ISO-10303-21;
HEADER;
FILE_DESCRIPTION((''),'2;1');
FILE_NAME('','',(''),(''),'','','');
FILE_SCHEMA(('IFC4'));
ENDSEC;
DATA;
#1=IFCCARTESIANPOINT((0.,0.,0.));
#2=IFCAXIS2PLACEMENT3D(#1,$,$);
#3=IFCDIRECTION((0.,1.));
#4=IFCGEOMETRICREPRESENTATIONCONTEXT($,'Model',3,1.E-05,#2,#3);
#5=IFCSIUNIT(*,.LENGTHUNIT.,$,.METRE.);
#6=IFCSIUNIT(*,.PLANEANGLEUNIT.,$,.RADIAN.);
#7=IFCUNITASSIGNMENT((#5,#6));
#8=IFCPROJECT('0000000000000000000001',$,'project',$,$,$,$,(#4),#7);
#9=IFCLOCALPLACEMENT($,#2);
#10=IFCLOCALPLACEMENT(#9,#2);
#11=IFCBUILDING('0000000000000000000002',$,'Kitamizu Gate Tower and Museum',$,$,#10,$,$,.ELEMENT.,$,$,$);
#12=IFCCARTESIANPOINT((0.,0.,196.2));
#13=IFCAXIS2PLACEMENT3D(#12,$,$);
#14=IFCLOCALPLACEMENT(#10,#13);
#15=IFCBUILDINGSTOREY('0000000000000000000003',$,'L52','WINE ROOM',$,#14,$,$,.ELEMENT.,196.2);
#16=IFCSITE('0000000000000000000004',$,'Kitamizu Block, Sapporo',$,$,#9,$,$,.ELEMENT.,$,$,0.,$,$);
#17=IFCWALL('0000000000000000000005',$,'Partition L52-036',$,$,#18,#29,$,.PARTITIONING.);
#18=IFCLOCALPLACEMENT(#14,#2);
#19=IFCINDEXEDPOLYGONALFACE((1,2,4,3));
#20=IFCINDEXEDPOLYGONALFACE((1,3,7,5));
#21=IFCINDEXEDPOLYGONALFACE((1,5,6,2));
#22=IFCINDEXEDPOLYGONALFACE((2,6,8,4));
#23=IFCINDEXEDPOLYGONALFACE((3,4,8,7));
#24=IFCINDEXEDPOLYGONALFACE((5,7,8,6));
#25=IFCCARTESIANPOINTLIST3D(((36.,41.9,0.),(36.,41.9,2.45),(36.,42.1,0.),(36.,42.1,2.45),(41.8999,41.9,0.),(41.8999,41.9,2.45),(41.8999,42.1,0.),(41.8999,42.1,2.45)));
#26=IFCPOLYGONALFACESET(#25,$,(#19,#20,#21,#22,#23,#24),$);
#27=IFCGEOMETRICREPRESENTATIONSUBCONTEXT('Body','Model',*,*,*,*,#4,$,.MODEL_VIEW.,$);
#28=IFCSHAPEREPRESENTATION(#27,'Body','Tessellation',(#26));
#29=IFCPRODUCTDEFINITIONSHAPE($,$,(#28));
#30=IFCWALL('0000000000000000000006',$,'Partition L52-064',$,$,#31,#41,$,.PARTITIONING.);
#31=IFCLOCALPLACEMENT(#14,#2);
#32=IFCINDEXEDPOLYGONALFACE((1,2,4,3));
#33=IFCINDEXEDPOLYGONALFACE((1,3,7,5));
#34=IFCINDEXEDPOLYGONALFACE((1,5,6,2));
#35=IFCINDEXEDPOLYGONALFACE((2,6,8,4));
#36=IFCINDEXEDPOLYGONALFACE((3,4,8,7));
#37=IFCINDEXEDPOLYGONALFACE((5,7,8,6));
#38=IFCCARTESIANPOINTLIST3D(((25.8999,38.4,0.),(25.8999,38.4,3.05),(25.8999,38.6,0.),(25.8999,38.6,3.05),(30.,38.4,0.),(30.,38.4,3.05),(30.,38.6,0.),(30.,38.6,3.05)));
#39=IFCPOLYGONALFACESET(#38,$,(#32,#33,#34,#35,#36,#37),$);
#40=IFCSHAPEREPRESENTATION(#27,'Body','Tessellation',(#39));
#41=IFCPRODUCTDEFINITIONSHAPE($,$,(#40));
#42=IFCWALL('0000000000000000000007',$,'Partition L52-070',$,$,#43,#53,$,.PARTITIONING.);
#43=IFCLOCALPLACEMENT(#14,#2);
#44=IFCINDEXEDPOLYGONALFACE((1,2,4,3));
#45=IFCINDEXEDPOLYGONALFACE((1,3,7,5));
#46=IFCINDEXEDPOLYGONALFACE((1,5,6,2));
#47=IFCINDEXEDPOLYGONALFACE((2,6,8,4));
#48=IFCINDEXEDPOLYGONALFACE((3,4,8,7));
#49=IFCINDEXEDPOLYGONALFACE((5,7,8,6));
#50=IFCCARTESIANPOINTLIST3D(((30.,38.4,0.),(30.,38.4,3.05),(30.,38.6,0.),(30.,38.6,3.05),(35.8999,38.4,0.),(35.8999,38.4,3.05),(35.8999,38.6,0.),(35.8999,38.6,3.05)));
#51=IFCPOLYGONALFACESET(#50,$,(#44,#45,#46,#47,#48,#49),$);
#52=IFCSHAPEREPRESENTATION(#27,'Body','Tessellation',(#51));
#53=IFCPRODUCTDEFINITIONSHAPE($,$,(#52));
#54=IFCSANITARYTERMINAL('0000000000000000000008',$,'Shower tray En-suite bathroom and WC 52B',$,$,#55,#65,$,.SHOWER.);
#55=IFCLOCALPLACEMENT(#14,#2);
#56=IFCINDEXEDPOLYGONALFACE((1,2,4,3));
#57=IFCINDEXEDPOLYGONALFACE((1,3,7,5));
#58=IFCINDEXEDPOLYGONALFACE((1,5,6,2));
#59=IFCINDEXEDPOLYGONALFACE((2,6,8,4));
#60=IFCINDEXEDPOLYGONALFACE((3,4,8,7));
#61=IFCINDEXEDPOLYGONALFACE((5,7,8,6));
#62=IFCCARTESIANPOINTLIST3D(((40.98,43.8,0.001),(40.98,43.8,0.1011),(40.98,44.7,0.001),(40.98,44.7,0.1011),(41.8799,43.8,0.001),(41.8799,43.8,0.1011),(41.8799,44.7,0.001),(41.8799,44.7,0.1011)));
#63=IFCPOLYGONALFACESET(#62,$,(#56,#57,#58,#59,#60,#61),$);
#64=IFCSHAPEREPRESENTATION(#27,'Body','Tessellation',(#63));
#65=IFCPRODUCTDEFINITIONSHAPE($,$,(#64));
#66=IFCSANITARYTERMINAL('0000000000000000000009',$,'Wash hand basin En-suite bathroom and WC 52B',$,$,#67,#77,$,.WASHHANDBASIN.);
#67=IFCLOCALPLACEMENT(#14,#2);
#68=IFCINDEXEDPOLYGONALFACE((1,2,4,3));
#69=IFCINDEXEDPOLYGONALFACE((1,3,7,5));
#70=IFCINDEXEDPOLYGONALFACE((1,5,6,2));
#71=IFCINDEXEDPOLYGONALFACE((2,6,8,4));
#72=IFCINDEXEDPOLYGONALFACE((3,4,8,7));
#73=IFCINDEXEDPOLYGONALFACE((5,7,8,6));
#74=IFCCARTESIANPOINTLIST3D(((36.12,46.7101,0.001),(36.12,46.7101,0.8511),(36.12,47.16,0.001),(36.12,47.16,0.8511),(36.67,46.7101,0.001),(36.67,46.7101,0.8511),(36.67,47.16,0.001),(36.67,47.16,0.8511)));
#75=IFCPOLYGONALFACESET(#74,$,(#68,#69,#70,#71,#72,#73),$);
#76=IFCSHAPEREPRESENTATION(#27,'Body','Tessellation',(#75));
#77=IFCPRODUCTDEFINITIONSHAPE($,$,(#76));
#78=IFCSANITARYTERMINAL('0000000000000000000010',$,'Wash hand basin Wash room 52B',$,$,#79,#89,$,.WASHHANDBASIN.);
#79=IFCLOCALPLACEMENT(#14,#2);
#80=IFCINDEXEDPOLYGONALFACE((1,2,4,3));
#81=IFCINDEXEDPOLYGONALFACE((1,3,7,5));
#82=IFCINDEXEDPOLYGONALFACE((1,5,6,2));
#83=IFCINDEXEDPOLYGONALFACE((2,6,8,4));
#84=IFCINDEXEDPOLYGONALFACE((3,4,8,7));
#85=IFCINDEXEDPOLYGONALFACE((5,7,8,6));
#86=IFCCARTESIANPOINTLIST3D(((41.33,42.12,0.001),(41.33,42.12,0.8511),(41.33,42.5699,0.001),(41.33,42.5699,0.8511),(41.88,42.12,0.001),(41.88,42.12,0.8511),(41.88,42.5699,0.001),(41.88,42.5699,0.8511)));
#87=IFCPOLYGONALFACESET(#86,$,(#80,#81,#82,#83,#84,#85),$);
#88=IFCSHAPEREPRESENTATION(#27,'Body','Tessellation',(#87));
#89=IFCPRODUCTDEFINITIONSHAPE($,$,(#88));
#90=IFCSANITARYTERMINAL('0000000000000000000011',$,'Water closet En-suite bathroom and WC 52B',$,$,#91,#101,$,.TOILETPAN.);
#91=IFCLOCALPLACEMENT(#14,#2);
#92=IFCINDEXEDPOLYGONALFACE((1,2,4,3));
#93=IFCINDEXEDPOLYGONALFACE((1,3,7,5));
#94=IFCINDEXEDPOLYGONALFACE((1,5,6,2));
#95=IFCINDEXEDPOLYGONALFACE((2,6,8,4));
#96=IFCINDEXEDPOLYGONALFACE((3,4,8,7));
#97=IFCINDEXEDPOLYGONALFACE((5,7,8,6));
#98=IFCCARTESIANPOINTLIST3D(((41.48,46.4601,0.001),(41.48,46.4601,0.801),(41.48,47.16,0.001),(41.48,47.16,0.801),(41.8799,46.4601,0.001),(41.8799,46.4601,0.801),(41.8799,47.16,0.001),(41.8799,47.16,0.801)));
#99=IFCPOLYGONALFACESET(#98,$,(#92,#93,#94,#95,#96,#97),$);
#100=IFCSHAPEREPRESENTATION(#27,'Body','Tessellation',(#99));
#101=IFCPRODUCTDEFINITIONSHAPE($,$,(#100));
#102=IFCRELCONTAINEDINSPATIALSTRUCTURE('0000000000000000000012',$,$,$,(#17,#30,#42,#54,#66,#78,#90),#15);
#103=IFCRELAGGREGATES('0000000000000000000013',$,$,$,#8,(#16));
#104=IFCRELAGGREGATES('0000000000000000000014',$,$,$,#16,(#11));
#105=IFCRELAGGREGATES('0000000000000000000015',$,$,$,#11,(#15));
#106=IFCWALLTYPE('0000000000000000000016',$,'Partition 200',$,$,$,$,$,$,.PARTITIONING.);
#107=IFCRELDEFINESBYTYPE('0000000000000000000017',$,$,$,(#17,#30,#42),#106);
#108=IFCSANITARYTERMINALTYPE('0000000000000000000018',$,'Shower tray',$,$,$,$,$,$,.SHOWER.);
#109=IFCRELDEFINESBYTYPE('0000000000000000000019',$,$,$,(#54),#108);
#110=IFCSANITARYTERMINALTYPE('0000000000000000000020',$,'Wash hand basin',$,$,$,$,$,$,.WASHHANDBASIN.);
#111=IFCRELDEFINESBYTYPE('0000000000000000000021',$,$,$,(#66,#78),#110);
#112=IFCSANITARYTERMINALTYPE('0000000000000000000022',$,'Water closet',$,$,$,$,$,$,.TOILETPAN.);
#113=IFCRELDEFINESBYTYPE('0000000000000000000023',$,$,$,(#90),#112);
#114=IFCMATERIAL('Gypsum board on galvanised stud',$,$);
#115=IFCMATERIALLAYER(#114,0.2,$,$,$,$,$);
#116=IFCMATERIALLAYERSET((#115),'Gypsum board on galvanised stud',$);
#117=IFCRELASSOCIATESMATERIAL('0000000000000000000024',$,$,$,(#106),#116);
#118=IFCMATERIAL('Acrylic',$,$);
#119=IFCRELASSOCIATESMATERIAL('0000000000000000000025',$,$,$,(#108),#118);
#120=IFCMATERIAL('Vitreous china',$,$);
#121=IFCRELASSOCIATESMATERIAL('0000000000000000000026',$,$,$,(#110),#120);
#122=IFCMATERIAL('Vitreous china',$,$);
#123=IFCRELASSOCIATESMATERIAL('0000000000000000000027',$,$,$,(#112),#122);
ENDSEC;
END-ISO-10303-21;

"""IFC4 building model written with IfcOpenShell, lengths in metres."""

from ifc_helpers import new_model, si_unit, direction, frame, frame_2d, origin, origin_2d, place, context, subcontext, project, spatial, rectangle, extrude, material, layer, layer_set, type_object, element, save


model = new_model("IFC4")

# Units and contexts
model_context = context("Model", 3, precision=1e-05, world=origin(), true_north=direction((0.0, 1.0)))
body_context = subcontext(model_context, "Body", "Model", "MODEL_VIEW")
ifc_project = project(units=[si_unit("LENGTHUNIT", "METRE"), si_unit("PLANEANGLEUNIT", "RADIAN")], contexts=[model_context])

# Site, building, storey
site_placement = place(None, origin())
site = spatial("IfcSite", under=ifc_project, at=site_placement, Name="Kitamizu Block, Sapporo", CompositionType="ELEMENT", RefElevation=0.0)
building_placement = place(site_placement, origin())
building = spatial("IfcBuilding", under=site, at=building_placement, Name="Kitamizu Gate Tower and Museum", CompositionType="ELEMENT")
storey_placement = place(building_placement, frame((0.0, 0.0, 196.2)))
storey = spatial("IfcBuildingStorey", under=building, at=storey_placement, Name="L52", Description="WINE ROOM", CompositionType="ELEMENT", Elevation=196.2)

# Walls
ifc_material_1 = material(Name="Gypsum board on galvanised stud")
ifc_layer_1 = layer(ifc_material_1, 0.2)
ifc_layer_set_1 = layer_set([ifc_layer_1], Name="Gypsum board on galvanised stud")
wall_type_1 = type_object("IfcWallType", Name="Partition 200", PredefinedType="PARTITIONING", material=ifc_layer_set_1)
wall_1_placement = place(storey_placement, frame((36.0, 42.0, 0.0), z_axis=(0.0, 0.0, 1.0), x_axis=(1.0, 0.0, 0.0)))
element("IfcWall", 1, at=wall_1_placement, inside=storey, type_object=wall_type_1, Name="Partition L52-036", PredefinedType="PARTITIONING", context=body_context, shape_type="SweptSolid", body=[
    extrude(rectangle(XDim=5.8999, YDim=0.2, at=frame_2d((2.95, 0.0))), origin(), (0.0, 0.0, 1.0), 2.45),
])
wall_2_placement = place(storey_placement, frame((30.0, 38.5, 0.0), z_axis=(0.0, 0.0, 1.0), x_axis=(-1.0, 0.0, 0.0)))
element("IfcWall", 2, at=wall_2_placement, inside=storey, type_object=wall_type_1, Name="Partition L52-064", PredefinedType="PARTITIONING", context=body_context, shape_type="SweptSolid", body=[
    extrude(rectangle(XDim=4.1001, YDim=0.2, at=frame_2d((2.05, 0.0))), origin(), (0.0, 0.0, 1.0), 3.05),
])
wall_3_placement = place(storey_placement, frame((35.8999, 38.5, 0.0), z_axis=(0.0, 0.0, 1.0), x_axis=(-1.0, 0.0, 0.0)))
element("IfcWall", 3, at=wall_3_placement, inside=storey, type_object=wall_type_1, Name="Partition L52-070", PredefinedType="PARTITIONING", context=body_context, shape_type="SweptSolid", body=[
    extrude(rectangle(XDim=5.8999, YDim=0.2, at=frame_2d((2.95, 0.0))), origin(), (0.0, 0.0, 1.0), 3.05),
])

# Sanitary terminals
ifc_material_2 = material(Name="Acrylic")
sanitary_terminal_type_1 = type_object("IfcSanitaryTerminalType", Name="Shower tray", PredefinedType="SHOWER", material=ifc_material_2)
sanitary_terminal_1_placement = place(storey_placement, frame((41.4299, 44.25, 0.001), z_axis=(0.0, 0.0, 1.0), x_axis=(1.0, 0.0, 0.0)))
element("IfcSanitaryTerminal", 4, at=sanitary_terminal_1_placement, inside=storey, type_object=sanitary_terminal_type_1, Name="Shower tray En-suite bathroom and WC 52B", PredefinedType="SHOWER", context=body_context, shape_type="SweptSolid", body=[
    extrude(rectangle(XDim=0.8999, YDim=0.8999, at=origin_2d()), origin(), (0.0, 0.0, 1.0), 0.1001),
])
ifc_material_3 = material(Name="Vitreous china")
sanitary_terminal_type_2 = type_object("IfcSanitaryTerminalType", Name="Wash hand basin", PredefinedType="WASHHANDBASIN", material=ifc_material_3)
for number, where, z_axis, x_axis, name in (
    (5, (36.395, 46.9351, 0.001), (0.0, 0.0, 1.0), (1.0, 0.0, 0.0), "Wash hand basin En-suite bathroom and WC 52B"),
    (6, (41.605, 42.345, 0.001), (0.0, 0.0, 1.0), (1.0, 0.0, 0.0), "Wash hand basin Wash room 52B"),
):
    element("IfcSanitaryTerminal", number, at=place(storey_placement, frame(where, z_axis=z_axis, x_axis=x_axis)), inside=storey, type_object=sanitary_terminal_type_2, Name=name, PredefinedType="WASHHANDBASIN", context=body_context, shape_type="SweptSolid", body=[
        extrude(rectangle(XDim=0.55, YDim=0.45, at=origin_2d()), origin(), (0.0, 0.0, 1.0), 0.8501),
    ])
ifc_material_4 = material(Name="Vitreous china")
sanitary_terminal_type_3 = type_object("IfcSanitaryTerminalType", Name="Water closet", PredefinedType="TOILETPAN", material=ifc_material_4)
sanitary_terminal_2_placement = place(storey_placement, frame((41.6799, 46.8101, 0.001), z_axis=(0.0, 0.0, 1.0), x_axis=(1.0, 0.0, 0.0)))
element("IfcSanitaryTerminal", 7, at=sanitary_terminal_2_placement, inside=storey, type_object=sanitary_terminal_type_3, Name="Water closet En-suite bathroom and WC 52B", PredefinedType="TOILETPAN", context=body_context, shape_type="SweptSolid", body=[
    extrude(rectangle(XDim=0.3999, YDim=0.7, at=origin_2d()), origin(), (0.0, 0.0, 1.0), 0.8),
])

save(model, "model.ifc")
